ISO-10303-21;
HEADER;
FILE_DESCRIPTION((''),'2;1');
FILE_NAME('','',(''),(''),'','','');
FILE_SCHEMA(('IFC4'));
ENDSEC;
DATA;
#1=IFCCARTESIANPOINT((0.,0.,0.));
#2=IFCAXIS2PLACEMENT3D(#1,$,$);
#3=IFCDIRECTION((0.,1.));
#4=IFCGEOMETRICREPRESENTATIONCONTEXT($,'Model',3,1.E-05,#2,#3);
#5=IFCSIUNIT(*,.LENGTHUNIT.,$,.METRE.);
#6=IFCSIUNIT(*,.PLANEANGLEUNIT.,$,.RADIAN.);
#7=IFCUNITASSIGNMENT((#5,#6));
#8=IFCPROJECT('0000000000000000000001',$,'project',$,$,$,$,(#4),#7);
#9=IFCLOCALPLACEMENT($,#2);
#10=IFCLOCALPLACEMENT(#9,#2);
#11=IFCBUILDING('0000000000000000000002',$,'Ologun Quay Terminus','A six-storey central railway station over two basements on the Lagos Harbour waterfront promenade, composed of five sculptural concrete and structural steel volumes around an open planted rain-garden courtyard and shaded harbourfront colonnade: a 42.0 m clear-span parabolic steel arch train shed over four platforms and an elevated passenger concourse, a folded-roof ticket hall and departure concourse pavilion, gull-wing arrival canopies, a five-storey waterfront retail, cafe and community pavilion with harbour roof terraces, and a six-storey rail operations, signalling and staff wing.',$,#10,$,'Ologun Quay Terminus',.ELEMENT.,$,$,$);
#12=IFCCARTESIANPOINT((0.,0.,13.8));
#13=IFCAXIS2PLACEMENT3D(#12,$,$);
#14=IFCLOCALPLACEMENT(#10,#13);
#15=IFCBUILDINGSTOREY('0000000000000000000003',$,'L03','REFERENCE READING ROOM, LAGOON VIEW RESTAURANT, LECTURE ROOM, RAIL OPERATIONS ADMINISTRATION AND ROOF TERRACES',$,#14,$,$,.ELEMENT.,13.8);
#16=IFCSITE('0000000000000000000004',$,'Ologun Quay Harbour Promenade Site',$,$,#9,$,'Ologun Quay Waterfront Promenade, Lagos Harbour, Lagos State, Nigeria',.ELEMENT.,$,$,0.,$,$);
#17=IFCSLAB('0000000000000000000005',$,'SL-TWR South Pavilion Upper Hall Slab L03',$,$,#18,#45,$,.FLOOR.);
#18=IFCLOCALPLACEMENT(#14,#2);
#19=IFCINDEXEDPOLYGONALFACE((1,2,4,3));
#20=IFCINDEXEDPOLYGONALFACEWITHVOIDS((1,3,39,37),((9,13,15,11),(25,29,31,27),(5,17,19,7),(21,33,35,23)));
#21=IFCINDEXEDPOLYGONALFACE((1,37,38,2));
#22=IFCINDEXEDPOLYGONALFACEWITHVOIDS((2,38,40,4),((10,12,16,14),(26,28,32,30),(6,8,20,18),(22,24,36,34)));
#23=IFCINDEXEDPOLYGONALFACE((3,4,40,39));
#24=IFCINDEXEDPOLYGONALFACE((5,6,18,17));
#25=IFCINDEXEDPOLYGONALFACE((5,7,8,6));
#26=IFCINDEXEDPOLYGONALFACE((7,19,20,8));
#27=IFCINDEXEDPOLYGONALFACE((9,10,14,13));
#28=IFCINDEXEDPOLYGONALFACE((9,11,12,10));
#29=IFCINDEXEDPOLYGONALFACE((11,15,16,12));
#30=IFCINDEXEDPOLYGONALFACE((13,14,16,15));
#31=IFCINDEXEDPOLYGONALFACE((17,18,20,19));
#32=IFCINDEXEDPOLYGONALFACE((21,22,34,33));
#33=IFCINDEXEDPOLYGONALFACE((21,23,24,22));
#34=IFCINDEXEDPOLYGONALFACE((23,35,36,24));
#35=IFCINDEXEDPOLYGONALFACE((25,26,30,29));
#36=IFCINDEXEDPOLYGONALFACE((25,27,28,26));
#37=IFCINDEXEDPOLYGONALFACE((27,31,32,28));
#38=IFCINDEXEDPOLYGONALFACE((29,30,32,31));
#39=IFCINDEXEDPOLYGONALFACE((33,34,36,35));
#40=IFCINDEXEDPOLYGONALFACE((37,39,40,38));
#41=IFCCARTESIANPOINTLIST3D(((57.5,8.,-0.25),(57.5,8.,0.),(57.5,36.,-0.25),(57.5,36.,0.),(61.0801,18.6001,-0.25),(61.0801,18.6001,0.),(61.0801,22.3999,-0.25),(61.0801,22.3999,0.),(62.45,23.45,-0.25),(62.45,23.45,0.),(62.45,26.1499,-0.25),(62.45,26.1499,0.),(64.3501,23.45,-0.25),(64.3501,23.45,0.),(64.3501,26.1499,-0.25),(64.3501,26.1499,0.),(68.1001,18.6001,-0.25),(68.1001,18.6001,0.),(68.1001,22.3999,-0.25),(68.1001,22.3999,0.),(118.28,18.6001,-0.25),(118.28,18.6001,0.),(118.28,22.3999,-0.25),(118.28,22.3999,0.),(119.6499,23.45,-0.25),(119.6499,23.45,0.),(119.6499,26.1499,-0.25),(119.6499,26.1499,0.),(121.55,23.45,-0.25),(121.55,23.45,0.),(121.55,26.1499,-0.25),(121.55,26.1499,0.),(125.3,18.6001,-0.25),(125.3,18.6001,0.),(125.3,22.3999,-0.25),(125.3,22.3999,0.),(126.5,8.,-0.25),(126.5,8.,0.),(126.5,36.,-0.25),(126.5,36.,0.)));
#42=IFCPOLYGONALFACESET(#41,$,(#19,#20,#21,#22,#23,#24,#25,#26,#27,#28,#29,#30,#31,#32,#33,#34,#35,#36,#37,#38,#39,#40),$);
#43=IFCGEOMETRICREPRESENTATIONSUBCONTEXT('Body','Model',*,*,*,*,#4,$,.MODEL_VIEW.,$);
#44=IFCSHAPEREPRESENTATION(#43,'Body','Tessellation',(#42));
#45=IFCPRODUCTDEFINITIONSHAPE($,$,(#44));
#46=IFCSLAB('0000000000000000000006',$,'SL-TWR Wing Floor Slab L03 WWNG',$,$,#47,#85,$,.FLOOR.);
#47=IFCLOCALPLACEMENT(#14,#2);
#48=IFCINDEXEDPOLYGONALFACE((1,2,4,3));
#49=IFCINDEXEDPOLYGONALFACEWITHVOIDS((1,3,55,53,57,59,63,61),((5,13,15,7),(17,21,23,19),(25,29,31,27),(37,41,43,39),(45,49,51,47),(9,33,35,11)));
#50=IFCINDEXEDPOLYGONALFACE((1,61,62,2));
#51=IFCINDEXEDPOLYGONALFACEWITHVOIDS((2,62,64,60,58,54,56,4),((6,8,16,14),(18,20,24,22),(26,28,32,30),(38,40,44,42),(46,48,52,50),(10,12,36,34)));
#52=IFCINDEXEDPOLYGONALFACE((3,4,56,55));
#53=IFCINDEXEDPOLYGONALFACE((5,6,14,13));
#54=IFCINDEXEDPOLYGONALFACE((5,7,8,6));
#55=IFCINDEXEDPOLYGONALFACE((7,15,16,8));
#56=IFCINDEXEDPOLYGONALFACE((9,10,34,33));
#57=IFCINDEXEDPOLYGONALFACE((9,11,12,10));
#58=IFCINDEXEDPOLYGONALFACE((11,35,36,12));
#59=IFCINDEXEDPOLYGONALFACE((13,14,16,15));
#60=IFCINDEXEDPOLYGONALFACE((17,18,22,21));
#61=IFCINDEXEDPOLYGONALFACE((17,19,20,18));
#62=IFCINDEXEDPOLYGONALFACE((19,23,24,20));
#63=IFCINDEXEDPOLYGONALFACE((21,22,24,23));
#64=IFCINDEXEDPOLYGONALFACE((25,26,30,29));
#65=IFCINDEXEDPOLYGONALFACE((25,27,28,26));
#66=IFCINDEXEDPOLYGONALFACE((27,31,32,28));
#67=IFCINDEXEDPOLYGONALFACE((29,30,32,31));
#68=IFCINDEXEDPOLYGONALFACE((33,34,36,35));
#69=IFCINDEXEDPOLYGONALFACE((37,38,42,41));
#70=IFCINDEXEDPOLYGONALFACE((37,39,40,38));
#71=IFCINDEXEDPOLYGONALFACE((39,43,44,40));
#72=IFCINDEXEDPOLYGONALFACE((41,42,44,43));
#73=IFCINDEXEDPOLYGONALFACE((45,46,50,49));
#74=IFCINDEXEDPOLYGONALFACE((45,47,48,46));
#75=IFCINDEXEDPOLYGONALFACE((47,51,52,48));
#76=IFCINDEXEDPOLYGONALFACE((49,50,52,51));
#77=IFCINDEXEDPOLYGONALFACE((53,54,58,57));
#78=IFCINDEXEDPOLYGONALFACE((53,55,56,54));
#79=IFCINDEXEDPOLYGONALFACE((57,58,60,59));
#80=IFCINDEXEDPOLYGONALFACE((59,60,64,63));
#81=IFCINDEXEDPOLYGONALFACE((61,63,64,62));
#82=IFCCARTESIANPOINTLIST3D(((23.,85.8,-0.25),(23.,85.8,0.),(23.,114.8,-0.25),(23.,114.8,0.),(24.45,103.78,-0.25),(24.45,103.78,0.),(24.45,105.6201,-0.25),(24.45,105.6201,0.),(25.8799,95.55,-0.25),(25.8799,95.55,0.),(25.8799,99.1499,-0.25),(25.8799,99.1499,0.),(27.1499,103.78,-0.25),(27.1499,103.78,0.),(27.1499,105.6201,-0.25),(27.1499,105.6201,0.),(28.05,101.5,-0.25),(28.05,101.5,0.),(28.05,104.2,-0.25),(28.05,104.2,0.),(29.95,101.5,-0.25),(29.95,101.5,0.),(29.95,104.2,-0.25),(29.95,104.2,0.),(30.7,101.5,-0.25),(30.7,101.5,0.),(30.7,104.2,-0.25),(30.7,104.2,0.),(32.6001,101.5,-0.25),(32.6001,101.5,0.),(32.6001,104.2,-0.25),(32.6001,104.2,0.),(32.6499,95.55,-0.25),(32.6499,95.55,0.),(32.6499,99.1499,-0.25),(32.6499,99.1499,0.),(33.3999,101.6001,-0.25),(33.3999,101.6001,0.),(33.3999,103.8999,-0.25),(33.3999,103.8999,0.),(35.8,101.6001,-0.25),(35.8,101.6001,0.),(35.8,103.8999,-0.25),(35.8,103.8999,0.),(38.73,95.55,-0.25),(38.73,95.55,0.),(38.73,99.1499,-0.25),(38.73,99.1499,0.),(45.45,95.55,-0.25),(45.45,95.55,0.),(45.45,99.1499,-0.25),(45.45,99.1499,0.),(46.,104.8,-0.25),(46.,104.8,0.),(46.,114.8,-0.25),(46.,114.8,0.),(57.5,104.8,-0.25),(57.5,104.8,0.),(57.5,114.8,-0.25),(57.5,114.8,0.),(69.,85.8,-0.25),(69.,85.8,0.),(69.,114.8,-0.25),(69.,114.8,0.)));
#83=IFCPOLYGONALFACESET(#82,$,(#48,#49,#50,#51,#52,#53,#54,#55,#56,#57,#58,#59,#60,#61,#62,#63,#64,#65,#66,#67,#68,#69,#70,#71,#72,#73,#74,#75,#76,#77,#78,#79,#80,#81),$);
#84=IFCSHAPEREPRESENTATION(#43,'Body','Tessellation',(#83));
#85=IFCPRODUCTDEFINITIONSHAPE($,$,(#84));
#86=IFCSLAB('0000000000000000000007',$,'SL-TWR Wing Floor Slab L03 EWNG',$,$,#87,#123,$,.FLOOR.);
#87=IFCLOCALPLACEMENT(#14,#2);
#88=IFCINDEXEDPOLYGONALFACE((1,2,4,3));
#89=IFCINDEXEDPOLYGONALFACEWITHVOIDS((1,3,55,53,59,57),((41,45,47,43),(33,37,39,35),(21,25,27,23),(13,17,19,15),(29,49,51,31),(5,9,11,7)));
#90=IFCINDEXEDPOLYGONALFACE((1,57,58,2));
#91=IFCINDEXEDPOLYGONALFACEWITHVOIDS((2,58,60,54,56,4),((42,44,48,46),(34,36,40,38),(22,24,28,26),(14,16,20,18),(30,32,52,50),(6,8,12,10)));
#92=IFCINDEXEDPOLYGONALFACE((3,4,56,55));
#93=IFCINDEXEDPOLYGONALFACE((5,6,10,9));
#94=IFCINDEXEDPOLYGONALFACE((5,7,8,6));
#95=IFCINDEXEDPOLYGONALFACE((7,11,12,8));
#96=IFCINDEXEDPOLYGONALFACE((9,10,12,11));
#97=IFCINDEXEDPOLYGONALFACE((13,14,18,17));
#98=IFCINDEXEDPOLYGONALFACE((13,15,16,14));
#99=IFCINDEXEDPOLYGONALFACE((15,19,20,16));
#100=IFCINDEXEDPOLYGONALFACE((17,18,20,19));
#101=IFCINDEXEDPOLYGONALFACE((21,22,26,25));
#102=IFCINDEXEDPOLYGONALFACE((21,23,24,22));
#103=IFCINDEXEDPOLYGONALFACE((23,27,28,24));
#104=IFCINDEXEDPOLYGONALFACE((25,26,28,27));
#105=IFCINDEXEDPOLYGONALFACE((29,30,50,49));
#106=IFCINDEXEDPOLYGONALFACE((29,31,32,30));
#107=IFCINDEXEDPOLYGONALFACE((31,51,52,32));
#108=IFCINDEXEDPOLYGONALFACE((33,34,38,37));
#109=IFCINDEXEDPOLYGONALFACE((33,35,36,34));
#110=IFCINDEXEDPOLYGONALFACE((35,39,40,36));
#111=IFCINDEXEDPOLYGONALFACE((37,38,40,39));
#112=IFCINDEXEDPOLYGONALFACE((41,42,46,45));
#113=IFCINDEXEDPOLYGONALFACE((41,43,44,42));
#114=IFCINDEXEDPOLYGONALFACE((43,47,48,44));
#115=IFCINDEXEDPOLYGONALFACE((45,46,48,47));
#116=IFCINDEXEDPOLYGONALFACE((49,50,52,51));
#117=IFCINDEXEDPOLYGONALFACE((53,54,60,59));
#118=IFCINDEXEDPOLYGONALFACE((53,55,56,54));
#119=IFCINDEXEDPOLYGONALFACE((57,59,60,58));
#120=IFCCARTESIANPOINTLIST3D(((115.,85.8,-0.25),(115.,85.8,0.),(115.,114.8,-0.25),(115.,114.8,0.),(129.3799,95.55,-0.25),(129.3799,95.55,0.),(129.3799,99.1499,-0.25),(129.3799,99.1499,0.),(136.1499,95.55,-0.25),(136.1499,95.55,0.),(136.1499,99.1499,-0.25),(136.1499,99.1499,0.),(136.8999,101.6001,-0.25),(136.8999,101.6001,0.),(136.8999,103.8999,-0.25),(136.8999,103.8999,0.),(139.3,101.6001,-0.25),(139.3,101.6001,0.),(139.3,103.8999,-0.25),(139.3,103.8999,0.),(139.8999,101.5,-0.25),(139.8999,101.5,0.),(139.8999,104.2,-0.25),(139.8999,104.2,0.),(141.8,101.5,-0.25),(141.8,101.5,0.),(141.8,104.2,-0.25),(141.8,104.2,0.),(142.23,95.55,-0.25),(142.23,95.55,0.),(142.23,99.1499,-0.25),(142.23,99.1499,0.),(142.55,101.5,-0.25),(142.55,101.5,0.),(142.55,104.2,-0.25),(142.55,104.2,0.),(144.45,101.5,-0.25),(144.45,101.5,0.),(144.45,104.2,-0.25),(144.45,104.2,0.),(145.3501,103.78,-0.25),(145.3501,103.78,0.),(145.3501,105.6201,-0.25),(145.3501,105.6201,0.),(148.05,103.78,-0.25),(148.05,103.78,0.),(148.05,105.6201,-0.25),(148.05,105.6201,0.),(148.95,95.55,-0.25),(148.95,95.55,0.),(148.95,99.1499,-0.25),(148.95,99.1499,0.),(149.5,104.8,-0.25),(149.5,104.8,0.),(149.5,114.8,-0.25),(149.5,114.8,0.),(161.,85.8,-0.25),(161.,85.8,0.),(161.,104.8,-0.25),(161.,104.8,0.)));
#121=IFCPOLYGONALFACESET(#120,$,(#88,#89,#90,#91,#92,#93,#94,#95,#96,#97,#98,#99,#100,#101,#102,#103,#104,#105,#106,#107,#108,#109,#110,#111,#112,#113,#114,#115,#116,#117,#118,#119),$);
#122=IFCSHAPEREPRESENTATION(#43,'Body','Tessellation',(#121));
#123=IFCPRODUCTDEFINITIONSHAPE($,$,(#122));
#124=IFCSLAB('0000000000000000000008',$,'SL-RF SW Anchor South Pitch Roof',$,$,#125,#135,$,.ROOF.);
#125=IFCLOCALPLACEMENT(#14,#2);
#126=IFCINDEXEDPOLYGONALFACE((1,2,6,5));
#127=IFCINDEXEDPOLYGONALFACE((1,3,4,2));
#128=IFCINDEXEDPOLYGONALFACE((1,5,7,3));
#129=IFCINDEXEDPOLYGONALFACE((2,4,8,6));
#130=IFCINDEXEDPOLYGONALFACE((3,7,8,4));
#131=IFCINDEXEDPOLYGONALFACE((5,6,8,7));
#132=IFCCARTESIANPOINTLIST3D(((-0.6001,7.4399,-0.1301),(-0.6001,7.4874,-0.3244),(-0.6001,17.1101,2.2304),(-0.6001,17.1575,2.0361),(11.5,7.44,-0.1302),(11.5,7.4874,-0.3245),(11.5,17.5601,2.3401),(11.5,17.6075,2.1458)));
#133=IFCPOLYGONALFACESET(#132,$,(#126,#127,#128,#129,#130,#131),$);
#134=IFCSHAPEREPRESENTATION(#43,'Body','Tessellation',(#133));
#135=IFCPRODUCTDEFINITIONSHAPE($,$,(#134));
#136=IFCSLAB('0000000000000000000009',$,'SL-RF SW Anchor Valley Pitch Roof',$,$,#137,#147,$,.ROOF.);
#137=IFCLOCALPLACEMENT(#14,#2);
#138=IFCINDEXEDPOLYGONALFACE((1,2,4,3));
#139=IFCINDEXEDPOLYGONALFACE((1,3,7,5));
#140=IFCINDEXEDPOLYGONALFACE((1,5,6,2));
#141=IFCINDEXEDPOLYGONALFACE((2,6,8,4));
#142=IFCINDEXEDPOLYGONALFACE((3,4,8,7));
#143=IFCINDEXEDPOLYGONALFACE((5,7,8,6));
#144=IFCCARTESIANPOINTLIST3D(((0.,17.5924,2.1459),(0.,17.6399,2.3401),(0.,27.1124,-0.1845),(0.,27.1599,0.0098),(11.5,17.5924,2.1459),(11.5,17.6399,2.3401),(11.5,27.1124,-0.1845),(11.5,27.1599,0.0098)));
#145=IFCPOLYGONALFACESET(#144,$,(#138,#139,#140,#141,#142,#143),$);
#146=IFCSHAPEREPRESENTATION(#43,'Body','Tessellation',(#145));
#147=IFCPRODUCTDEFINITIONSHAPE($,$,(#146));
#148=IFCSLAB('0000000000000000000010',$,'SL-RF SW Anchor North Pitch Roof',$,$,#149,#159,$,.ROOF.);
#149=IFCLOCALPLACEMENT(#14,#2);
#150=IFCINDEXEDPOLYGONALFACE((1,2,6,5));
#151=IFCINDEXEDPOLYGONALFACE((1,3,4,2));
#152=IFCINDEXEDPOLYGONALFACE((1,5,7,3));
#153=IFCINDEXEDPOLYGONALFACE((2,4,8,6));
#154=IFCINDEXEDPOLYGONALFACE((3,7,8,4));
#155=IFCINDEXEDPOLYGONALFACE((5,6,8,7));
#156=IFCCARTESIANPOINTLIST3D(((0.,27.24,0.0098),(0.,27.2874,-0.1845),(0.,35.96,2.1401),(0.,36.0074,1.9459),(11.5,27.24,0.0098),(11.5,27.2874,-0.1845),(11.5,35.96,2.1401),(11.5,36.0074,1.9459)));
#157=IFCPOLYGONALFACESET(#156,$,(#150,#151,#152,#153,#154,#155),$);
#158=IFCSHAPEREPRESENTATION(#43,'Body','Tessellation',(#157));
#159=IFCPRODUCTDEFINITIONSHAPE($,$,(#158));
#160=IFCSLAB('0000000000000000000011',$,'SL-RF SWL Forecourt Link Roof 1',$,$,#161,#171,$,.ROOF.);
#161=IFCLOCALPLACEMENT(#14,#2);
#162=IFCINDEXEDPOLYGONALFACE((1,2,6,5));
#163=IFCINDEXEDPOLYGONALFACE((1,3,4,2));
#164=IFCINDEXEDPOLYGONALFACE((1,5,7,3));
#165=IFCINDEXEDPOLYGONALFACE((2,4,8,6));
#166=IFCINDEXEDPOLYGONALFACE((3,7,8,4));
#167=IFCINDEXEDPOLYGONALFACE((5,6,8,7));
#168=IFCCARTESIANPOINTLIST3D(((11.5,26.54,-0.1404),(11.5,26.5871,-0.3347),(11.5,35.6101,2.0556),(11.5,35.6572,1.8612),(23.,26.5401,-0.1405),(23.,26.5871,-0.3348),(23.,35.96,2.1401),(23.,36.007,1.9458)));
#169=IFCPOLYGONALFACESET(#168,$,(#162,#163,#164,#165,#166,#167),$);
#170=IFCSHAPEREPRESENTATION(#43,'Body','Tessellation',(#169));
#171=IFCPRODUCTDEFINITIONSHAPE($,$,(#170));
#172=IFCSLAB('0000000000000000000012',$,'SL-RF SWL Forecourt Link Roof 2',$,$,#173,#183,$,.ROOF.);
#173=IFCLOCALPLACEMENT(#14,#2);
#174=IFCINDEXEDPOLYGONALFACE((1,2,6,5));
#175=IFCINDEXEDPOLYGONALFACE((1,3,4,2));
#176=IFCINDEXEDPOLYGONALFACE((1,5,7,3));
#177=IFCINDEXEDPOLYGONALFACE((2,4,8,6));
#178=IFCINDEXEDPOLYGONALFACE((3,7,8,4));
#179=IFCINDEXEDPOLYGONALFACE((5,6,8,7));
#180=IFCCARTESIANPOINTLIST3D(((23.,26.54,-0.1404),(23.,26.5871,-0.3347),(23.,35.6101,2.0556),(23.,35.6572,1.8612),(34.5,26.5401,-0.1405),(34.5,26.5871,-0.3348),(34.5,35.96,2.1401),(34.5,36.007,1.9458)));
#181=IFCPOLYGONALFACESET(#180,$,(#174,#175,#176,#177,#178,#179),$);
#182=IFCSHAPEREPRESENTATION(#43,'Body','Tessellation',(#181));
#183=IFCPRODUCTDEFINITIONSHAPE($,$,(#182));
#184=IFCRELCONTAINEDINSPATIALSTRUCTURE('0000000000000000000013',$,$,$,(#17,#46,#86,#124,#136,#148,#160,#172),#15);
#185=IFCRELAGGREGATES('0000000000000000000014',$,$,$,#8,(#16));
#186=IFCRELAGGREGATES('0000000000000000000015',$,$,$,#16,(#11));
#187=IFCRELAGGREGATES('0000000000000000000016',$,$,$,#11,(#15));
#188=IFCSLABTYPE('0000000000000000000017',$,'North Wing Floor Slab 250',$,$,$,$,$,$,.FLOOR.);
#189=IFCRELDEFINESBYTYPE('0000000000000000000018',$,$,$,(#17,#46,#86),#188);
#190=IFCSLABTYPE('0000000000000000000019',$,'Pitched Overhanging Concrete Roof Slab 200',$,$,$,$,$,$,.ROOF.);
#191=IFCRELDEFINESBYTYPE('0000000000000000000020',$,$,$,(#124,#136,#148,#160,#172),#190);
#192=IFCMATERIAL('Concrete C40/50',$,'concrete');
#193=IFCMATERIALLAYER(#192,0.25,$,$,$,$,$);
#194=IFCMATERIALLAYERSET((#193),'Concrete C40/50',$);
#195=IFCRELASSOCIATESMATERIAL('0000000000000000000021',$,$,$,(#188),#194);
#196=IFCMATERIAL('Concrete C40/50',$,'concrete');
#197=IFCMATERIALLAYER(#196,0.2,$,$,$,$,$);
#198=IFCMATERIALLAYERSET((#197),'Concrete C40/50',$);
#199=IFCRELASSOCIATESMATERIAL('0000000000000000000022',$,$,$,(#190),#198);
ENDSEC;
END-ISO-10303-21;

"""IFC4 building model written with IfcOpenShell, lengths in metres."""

from ifc_helpers import new_model, si_unit, direction, frame, origin, place, context, subcontext, project, spatial, polyline, outline, extrude, material, layer, layer_set, type_object, element, save


model = new_model("IFC4")

# Units and contexts
model_context = context("Model", 3, precision=1e-05, world=origin(), true_north=direction((0.0, 1.0)))
body_context = subcontext(model_context, "Body", "Model", "MODEL_VIEW")
ifc_project = project(units=[si_unit("LENGTHUNIT", "METRE"), si_unit("PLANEANGLEUNIT", "RADIAN")], contexts=[model_context])

# Site, building, storey
site_placement = place(None, origin())
site = spatial("IfcSite", under=ifc_project, at=site_placement, Name="Ologun Quay Harbour Promenade Site", LongName="Ologun Quay Waterfront Promenade, Lagos Harbour, Lagos State, Nigeria", CompositionType="ELEMENT", RefElevation=0.0)
building_placement = place(site_placement, origin())
building = spatial("IfcBuilding", under=site, at=building_placement, Name="Ologun Quay Terminus", Description="A six-storey central railway station over two basements on the Lagos Harbour waterfront promenade, composed of five sculptural concrete and structural steel volumes around an open planted rain-garden courtyard and shaded harbourfront colonnade: a 42.0 m clear-span parabolic steel arch train shed over four platforms and an elevated passenger concourse, a folded-roof ticket hall and departure concourse pavilion, gull-wing arrival canopies, a five-storey waterfront retail, cafe and community pavilion with harbour roof terraces, and a six-storey rail operations, signalling and staff wing.", LongName="Ologun Quay Terminus", CompositionType="ELEMENT")
storey_placement = place(building_placement, frame((0.0, 0.0, 13.8)))
storey = spatial("IfcBuildingStorey", under=building, at=storey_placement, Name="L03", Description="REFERENCE READING ROOM, LAGOON VIEW RESTAURANT, LECTURE ROOM, RAIL OPERATIONS ADMINISTRATION AND ROOF TERRACES", CompositionType="ELEMENT", Elevation=13.8)

# Slabs
ifc_material_1 = material(Name="Concrete C40/50", Category="concrete")
ifc_layer_1 = layer(ifc_material_1, 0.25)
ifc_layer_set_1 = layer_set([ifc_layer_1], Name="Concrete C40/50")
slab_type_1 = type_object("IfcSlabType", Name="North Wing Floor Slab 250", PredefinedType="FLOOR", material=ifc_layer_set_1)
slab_1_placement = place(storey_placement, frame((0.0, 0.0, -0.25)))
element("IfcSlab", 1, at=slab_1_placement, inside=storey, type_object=slab_type_1, Name="SL-TWR South Pavilion Upper Hall Slab L03", PredefinedType="FLOOR", context=body_context, shape_type="SweptSolid", body=[
    extrude(outline(polyline([(57.5, 8.0), (126.5, 8.0), (126.5, 36.0), (57.5, 36.0), (57.5, 8.0)]), holes=[polyline([(62.45, 23.45), (62.45, 26.1499), (64.3501, 26.1499), (64.3501, 23.45), (62.45, 23.45)]), polyline([(119.6499, 23.45), (119.6499, 26.1499), (121.55, 26.1499), (121.55, 23.45), (119.6499, 23.45)]), polyline([(61.0801, 18.6001), (61.0801, 22.3999), (68.1001, 22.3999), (68.1001, 18.6001), (61.0801, 18.6001)]), polyline([(118.28, 18.6001), (118.28, 22.3999), (125.3, 22.3999), (125.3, 18.6001), (118.28, 18.6001)])]), origin(), (0.0, 0.0, 1.0), 0.25),
])
slab_2_placement = place(storey_placement, frame((0.0, 0.0, -0.25)))
element("IfcSlab", 2, at=slab_2_placement, inside=storey, type_object=slab_type_1, Name="SL-TWR Wing Floor Slab L03 WWNG", PredefinedType="FLOOR", context=body_context, shape_type="SweptSolid", body=[
    extrude(outline(polyline([(23.0, 85.8), (69.0, 85.8), (69.0, 114.8), (57.5, 114.8), (57.5, 104.8), (46.0, 104.8), (46.0, 114.8), (23.0, 114.8), (23.0, 85.8)]), holes=[polyline([(24.45, 103.78), (24.45, 105.6201), (27.1499, 105.6201), (27.1499, 103.78), (24.45, 103.78)]), polyline([(28.05, 101.5), (28.05, 104.2), (29.95, 104.2), (29.95, 101.5), (28.05, 101.5)]), polyline([(30.7, 101.5), (30.7, 104.2), (32.6001, 104.2), (32.6001, 101.5), (30.7, 101.5)]), polyline([(25.8799, 95.55), (25.8799, 99.1499), (32.6499, 99.1499), (32.6499, 95.55), (25.8799, 95.55)]), polyline([(38.73, 95.55), (38.73, 99.1499), (45.45, 99.1499), (45.45, 95.55), (38.73, 95.55)]), polyline([(33.3999, 101.6001), (33.3999, 103.8999), (35.8, 103.8999), (35.8, 101.6001), (33.3999, 101.6001)])]), origin(), (0.0, 0.0, 1.0), 0.25),
])
slab_3_placement = place(storey_placement, frame((0.0, 0.0, -0.25)))
element("IfcSlab", 3, at=slab_3_placement, inside=storey, type_object=slab_type_1, Name="SL-TWR Wing Floor Slab L03 EWNG", PredefinedType="FLOOR", context=body_context, shape_type="SweptSolid", body=[
    extrude(outline(polyline([(115.0, 85.8), (161.0, 85.8), (161.0, 104.8), (149.5, 104.8), (149.5, 114.8), (115.0, 114.8), (115.0, 85.8)]), holes=[polyline([(145.3501, 103.78), (145.3501, 105.6201), (148.05, 105.6201), (148.05, 103.78), (145.3501, 103.78)]), polyline([(139.8999, 101.5), (139.8999, 104.2), (141.8, 104.2), (141.8, 101.5), (139.8999, 101.5)]), polyline([(142.55, 101.5), (142.55, 104.2), (144.45, 104.2), (144.45, 101.5), (142.55, 101.5)]), polyline([(129.3799, 95.55), (129.3799, 99.1499), (136.1499, 99.1499), (136.1499, 95.55), (129.3799, 95.55)]), polyline([(142.23, 95.55), (142.23, 99.1499), (148.95, 99.1499), (148.95, 95.55), (142.23, 95.55)]), polyline([(136.8999, 101.6001), (136.8999, 103.8999), (139.3, 103.8999), (139.3, 101.6001), (136.8999, 101.6001)])]), origin(), (0.0, 0.0, 1.0), 0.25),
])
ifc_material_2 = material(Name="Concrete C40/50", Category="concrete")
ifc_layer_2 = layer(ifc_material_2, 0.2)
ifc_layer_set_2 = layer_set([ifc_layer_2], Name="Concrete C40/50")
slab_type_2 = type_object("IfcSlabType", Name="Pitched Overhanging Concrete Roof Slab 200", PredefinedType="ROOF", material=ifc_layer_set_2)
slab_4_placement = place(storey_placement, frame((-0.6001, 7.4399, -0.1301), z_axis=(0.000009, -0.237137, 0.971476), x_axis=(1.0, 0.000002, -0.000008)))
element("IfcSlab", 4, at=slab_4_placement, inside=storey, type_object=slab_type_2, Name="SL-RF SW Anchor South Pitch Roof", PredefinedType="ROOF", context=body_context, shape_type="SweptSolid", body=[
    extrude(outline(polyline([(0.0, 0.0), (12.1001, 0.0), (12.1001, 10.4172), (0.0, 9.9541), (0.0, 0.0)])), origin(), (0.0, 0.0, -1.0), 0.2),
])
slab_5_placement = place(storey_placement, frame((0.0, 17.6399, 2.3401), z_axis=(0.0, 0.237762, 0.971323), x_axis=(1.0, 0.0, 0.0)))
element("IfcSlab", 5, at=slab_5_placement, inside=storey, type_object=slab_type_2, Name="SL-RF SW Anchor Valley Pitch Roof", PredefinedType="ROOF", context=body_context, shape_type="SweptSolid", body=[
    extrude(outline(polyline([(0.0, 0.0), (11.5, 0.0), (11.5, 9.8011), (0.0, 9.8011), (0.0, 0.0)])), origin(), (0.0, 0.0, -1.0), 0.2),
])
slab_6_placement = place(storey_placement, frame((0.0, 27.24, 0.0098), z_axis=(0.0, -0.237329, 0.971429), x_axis=(1.0, 0.0, 0.0)))
element("IfcSlab", 6, at=slab_6_placement, inside=storey, type_object=slab_type_2, Name="SL-RF SW Anchor North Pitch Roof", PredefinedType="ROOF", context=body_context, shape_type="SweptSolid", body=[
    extrude(outline(polyline([(0.0, 0.0), (11.5, 0.0), (11.5, 8.9764), (0.0, 8.9764), (0.0, 0.0)])), origin(), (0.0, 0.0, -1.0), 0.2),
])
for number, where, z_axis, x_axis, name in (
    (7, (11.5, 26.54, -0.1404), (0.00001, -0.235309, 0.971921), (1.0, 0.000002, -0.000009), "SL-RF SWL Forecourt Link Roof 1"),
    (8, (23.0, 26.54, -0.1404), (0.00001, -0.235309, 0.971921), (1.0, 0.000002, -0.000009), "SL-RF SWL Forecourt Link Roof 2"),
):
    element("IfcSlab", number, at=place(storey_placement, frame(where, z_axis=z_axis, x_axis=x_axis)), inside=storey, type_object=slab_type_2, Name=name, PredefinedType="ROOF", context=body_context, shape_type="SweptSolid", body=[
        extrude(outline(polyline([(0.0, 0.0), (11.5, 0.0), (11.5, 9.692), (0.0, 9.3321), (0.0, 0.0)])), origin(), (0.0, 0.0, -1.0), 0.2),
    ])

save(model, "model.ifc")
